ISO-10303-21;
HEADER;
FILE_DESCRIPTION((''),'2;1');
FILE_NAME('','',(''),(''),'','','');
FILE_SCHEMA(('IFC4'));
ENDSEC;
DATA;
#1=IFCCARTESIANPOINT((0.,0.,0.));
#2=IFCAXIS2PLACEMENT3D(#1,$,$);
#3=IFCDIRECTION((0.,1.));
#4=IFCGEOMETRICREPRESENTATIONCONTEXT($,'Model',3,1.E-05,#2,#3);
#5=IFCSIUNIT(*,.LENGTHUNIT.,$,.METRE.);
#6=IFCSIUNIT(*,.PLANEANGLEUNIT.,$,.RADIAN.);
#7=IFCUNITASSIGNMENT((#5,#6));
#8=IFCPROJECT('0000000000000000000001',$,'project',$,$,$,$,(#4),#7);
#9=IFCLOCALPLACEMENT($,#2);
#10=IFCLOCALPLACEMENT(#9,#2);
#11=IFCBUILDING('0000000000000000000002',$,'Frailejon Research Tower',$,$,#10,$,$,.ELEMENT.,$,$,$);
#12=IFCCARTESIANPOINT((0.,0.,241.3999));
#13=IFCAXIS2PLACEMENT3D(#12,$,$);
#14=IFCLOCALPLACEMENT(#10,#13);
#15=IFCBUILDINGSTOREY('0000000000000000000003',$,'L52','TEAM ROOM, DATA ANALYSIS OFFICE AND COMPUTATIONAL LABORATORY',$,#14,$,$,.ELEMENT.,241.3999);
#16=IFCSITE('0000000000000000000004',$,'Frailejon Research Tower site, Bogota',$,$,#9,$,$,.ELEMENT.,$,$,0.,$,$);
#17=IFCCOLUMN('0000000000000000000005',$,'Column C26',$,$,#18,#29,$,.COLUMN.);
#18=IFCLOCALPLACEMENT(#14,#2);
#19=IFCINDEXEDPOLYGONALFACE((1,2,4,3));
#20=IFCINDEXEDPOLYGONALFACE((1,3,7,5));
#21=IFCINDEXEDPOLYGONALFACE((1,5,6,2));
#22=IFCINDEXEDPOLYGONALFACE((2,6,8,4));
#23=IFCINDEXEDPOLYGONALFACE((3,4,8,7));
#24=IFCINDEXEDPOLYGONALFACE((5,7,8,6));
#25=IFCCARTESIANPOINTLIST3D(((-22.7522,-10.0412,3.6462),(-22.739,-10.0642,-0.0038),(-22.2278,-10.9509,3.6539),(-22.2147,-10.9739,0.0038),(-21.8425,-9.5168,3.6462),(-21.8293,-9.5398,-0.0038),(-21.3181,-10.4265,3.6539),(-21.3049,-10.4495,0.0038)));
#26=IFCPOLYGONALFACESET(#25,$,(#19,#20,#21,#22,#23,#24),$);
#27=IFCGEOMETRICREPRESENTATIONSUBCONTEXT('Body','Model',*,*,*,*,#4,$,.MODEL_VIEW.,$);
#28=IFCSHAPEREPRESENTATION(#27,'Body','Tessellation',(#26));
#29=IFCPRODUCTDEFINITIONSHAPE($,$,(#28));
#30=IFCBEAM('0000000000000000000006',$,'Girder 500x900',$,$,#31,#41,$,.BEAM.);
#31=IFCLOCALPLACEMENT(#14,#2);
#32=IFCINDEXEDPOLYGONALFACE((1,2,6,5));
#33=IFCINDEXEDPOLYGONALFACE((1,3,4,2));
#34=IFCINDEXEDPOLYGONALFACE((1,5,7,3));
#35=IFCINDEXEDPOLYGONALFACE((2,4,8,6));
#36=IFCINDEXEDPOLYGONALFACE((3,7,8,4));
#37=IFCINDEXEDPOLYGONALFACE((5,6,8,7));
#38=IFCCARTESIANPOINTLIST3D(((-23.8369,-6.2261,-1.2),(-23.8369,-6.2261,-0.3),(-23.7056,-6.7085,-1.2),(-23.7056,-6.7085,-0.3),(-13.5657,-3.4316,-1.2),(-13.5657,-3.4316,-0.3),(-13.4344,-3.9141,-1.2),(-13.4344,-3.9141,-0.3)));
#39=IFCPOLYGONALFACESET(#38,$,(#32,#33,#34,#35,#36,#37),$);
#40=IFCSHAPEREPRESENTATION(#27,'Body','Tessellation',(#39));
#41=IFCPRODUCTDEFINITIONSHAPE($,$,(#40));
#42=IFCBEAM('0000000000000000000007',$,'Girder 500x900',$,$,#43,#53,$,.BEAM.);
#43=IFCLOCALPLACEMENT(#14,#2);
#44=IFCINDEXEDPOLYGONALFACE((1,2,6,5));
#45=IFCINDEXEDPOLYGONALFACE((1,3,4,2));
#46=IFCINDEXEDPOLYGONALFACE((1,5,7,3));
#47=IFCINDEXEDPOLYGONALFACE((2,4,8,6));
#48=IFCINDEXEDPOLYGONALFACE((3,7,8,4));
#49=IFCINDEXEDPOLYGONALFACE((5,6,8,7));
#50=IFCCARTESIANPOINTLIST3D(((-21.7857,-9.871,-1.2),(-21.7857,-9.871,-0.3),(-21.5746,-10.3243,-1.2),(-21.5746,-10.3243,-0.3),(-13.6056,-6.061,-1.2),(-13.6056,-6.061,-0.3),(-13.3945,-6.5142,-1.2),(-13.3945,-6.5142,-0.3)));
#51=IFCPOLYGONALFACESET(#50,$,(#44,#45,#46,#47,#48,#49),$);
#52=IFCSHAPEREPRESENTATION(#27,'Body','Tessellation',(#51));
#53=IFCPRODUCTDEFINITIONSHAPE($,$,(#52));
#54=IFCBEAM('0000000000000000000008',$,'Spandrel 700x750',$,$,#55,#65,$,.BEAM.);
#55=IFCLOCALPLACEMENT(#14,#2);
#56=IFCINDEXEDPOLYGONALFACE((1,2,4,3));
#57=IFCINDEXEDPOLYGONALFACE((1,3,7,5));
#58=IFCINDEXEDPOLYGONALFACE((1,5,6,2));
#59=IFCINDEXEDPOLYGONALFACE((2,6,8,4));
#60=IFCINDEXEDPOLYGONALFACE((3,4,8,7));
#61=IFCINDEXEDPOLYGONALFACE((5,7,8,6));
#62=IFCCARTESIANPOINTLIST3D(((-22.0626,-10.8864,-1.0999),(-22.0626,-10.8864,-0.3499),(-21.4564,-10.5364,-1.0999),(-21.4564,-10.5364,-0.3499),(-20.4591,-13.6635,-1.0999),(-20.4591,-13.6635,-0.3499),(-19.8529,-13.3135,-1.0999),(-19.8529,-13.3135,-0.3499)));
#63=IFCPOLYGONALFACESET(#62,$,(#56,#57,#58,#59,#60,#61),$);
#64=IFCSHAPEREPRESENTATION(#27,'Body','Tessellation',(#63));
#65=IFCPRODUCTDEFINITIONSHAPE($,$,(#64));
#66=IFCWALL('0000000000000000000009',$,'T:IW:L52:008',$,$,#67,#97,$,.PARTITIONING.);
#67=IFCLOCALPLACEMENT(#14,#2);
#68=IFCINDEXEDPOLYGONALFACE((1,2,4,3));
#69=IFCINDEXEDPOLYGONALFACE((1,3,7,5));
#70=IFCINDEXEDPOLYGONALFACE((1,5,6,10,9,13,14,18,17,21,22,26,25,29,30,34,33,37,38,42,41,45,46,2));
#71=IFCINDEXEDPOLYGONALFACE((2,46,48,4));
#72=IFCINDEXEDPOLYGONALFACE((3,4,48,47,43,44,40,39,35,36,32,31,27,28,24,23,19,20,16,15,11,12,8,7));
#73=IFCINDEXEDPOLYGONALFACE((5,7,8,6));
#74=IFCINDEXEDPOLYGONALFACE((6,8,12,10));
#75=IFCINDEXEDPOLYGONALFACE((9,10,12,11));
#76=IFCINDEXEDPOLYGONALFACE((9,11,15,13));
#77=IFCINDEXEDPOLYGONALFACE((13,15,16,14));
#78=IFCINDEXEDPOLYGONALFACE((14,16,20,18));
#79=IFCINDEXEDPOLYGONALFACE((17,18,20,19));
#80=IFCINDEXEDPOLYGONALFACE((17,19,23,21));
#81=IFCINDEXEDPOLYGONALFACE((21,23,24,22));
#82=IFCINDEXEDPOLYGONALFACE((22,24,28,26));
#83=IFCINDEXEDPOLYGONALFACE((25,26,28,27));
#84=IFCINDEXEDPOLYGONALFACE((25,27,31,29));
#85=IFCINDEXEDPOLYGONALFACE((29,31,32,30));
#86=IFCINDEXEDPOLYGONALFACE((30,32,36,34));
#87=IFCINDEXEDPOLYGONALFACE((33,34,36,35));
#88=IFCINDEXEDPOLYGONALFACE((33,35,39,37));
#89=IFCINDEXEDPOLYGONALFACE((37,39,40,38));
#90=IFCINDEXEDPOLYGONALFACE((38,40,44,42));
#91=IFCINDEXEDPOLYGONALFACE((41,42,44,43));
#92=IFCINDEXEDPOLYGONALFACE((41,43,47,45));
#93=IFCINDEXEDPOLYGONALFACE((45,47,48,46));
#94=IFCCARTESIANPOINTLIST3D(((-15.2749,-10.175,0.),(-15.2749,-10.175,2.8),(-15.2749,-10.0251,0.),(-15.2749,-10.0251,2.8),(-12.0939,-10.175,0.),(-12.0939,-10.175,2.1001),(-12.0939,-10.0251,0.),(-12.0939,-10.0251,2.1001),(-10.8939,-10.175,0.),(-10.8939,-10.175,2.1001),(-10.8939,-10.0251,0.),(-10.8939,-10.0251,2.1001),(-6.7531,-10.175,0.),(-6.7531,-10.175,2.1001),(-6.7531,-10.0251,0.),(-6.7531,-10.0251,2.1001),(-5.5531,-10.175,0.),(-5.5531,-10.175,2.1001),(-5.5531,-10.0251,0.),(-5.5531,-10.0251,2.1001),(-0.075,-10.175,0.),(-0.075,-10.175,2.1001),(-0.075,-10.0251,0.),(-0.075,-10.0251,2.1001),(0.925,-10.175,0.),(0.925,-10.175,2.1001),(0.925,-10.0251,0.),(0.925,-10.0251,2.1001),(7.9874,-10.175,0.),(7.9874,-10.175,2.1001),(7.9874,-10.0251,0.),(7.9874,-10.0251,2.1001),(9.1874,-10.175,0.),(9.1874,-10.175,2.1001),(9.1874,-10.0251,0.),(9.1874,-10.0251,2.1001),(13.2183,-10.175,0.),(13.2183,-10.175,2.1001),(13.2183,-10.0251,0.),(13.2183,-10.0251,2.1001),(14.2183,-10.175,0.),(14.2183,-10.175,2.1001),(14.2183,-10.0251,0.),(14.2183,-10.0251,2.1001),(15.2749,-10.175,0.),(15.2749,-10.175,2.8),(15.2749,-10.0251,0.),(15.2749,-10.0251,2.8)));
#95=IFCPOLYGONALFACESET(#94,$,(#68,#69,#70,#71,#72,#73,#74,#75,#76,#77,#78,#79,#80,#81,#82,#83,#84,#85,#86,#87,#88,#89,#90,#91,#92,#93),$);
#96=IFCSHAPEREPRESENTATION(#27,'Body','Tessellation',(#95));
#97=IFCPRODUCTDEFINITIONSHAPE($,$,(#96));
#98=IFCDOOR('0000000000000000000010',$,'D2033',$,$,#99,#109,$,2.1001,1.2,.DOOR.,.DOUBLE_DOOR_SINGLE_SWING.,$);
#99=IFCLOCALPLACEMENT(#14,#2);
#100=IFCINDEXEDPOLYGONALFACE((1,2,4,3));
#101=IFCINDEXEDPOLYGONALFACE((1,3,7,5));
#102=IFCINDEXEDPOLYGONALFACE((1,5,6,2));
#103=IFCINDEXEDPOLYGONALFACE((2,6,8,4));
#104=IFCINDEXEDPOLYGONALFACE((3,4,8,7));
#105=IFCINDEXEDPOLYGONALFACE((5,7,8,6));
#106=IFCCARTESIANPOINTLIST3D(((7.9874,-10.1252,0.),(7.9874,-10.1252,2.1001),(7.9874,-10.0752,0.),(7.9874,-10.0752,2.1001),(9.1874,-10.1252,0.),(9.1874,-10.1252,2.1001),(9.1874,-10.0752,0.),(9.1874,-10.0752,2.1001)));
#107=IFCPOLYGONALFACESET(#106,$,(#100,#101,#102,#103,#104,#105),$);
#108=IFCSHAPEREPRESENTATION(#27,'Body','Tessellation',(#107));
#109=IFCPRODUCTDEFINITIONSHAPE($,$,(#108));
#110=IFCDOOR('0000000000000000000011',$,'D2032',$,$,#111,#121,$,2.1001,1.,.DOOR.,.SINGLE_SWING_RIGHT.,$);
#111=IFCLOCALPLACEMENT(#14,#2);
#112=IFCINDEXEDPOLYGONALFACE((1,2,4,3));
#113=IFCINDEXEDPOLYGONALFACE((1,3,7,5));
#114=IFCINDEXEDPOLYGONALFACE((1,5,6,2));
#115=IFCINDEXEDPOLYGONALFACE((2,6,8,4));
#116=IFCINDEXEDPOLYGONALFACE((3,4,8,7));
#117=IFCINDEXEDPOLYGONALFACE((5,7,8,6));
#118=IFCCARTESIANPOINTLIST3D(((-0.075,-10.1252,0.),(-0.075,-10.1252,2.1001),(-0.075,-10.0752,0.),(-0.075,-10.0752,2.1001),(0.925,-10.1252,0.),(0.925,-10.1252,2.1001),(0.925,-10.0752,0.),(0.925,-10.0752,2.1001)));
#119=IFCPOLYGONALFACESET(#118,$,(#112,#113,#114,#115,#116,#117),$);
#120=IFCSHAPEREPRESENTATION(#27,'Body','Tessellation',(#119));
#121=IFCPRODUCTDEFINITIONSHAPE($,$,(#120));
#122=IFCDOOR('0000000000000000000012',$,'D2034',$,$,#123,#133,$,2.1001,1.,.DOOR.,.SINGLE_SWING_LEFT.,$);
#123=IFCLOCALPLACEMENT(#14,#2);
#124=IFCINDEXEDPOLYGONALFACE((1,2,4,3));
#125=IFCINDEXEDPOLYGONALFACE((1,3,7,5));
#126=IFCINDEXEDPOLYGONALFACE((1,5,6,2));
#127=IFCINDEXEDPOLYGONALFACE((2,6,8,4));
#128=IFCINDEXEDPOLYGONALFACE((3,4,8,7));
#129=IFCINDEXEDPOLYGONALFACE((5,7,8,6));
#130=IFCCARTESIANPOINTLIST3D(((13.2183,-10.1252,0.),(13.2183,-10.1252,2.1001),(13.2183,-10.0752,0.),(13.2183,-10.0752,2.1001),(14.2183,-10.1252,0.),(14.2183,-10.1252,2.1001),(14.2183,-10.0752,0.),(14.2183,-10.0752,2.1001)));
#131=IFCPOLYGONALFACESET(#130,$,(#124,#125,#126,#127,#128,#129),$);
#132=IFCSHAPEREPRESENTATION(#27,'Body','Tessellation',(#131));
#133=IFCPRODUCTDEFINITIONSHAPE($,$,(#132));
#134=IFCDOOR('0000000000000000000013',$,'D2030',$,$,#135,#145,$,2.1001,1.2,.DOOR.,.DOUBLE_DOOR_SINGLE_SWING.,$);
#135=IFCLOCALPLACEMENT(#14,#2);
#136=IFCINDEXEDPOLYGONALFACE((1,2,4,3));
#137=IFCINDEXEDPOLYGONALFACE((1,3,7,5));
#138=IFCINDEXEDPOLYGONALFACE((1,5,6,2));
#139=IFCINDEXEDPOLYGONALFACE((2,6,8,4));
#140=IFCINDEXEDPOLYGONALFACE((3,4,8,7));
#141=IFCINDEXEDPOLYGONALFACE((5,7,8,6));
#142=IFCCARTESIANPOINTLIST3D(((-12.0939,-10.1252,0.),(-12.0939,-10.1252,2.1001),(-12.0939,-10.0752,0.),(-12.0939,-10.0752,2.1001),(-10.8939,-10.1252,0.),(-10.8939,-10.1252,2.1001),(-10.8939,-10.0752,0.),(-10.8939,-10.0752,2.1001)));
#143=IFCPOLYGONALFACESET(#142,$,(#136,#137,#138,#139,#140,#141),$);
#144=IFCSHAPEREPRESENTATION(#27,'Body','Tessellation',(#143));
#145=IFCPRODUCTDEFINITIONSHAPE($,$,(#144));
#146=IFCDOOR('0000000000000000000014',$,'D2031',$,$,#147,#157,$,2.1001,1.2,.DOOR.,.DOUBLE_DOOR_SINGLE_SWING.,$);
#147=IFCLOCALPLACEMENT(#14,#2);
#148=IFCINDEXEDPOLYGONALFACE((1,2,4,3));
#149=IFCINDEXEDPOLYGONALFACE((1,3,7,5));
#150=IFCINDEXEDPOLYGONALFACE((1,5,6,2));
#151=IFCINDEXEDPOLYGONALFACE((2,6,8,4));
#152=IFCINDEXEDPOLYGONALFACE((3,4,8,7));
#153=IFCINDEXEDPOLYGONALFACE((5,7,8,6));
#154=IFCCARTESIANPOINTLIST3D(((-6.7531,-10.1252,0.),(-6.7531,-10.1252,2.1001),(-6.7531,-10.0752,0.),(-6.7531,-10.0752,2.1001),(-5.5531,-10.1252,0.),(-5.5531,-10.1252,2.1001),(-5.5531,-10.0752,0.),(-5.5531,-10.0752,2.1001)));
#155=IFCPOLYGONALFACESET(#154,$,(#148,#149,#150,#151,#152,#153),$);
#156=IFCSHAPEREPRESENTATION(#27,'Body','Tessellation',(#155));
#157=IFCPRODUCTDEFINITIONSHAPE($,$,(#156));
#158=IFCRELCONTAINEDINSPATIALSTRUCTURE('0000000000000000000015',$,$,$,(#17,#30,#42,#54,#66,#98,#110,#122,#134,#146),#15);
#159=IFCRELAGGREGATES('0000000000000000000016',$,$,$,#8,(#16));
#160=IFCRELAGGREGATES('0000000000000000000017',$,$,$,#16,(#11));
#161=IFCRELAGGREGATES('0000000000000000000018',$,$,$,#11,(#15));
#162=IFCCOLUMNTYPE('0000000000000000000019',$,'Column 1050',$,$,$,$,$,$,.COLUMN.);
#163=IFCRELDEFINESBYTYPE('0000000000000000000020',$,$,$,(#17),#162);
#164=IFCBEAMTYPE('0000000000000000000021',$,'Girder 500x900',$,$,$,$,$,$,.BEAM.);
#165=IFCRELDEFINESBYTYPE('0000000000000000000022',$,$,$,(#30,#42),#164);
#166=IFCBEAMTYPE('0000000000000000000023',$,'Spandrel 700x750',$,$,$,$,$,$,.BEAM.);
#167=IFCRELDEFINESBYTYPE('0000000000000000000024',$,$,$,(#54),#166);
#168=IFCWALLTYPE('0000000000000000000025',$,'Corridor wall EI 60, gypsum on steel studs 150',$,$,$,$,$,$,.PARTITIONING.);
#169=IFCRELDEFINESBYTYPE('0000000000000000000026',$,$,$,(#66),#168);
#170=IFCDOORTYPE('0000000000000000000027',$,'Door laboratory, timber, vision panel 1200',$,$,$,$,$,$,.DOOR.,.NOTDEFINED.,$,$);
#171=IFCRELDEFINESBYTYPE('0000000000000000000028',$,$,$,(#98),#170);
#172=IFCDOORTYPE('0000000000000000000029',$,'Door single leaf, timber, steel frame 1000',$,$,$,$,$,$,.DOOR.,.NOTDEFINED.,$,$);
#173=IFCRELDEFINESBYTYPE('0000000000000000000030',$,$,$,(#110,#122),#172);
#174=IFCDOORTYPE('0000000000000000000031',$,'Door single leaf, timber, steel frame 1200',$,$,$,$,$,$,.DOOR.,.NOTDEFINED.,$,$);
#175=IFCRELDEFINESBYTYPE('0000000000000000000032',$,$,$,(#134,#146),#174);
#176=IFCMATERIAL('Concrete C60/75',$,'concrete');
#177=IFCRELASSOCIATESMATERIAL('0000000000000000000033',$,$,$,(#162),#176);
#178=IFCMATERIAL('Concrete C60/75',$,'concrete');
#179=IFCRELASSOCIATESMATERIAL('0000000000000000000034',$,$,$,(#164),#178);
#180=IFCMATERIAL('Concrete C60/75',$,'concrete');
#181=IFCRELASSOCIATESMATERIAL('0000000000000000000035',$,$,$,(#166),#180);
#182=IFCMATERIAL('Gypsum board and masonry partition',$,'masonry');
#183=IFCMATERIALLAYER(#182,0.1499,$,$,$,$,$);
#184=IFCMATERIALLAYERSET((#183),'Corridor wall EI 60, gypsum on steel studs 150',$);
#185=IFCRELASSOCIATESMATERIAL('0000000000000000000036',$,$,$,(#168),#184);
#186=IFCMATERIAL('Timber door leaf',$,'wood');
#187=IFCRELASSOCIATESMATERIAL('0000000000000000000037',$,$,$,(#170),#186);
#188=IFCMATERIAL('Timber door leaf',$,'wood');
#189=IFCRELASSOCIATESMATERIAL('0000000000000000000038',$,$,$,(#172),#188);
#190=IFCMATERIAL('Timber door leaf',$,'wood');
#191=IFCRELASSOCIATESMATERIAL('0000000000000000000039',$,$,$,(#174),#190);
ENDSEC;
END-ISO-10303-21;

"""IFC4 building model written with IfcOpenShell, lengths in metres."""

from ifc_helpers import new_model, si_unit, direction, frame, frame_2d, origin, origin_2d, place, context, subcontext, project, spatial, rectangle, extrude, material, layer, layer_set, material_profile, profile_set, type_object, element, fill, save


model = new_model("IFC4")

# Units and contexts
model_context = context("Model", 3, precision=1e-05, world=origin(), true_north=direction((0.0, 1.0)))
body_context = subcontext(model_context, "Body", "Model", "MODEL_VIEW")
ifc_project = project(units=[si_unit("LENGTHUNIT", "METRE"), si_unit("PLANEANGLEUNIT", "RADIAN")], contexts=[model_context])

# Site, building, storey
site_placement = place(None, origin())
site = spatial("IfcSite", under=ifc_project, at=site_placement, Name="Frailejon Research Tower site, Bogota", CompositionType="ELEMENT", RefElevation=0.0)
building_placement = place(site_placement, origin())
building = spatial("IfcBuilding", under=site, at=building_placement, Name="Frailejon Research Tower", CompositionType="ELEMENT")
storey_placement = place(building_placement, frame((0.0, 0.0, 241.3999)))
storey = spatial("IfcBuildingStorey", under=building, at=storey_placement, Name="L52", Description="TEAM ROOM, DATA ANALYSIS OFFICE AND COMPUTATIONAL LABORATORY", CompositionType="ELEMENT", Elevation=241.3999)

# Column
ifc_material_1 = material(Name="Concrete C60/75", Category="concrete")
ifc_material_profile_1 = material_profile(ifc_material_1, rectangle(XDim=1.05, YDim=1.05, at=origin_2d()), Name="Column 1050")
ifc_profile_set_1 = profile_set([ifc_material_profile_1], Name="Concrete C60/75")
column_type = type_object("IfcColumnType", Name="Column 1050", PredefinedType="COLUMN", material=ifc_profile_set_1)
column_placement = place(storey_placement, frame((-22.022, -10.2568, 0.0), z_axis=(-0.003612, 0.006287, 0.999974), x_axis=(0.499382, -0.866352, 0.007251)))
element("IfcColumn", 1, at=column_placement, inside=storey, type_object=column_type, Name="Column C26", PredefinedType="COLUMN", context=body_context, shape_type="SweptSolid", body=[
    extrude(rectangle(XDim=1.05, YDim=1.05, at=origin_2d()), origin(), (0.0, 0.0, 1.0), 3.6501),
])

# Beams
ifc_material_2 = material(Name="Concrete C60/75", Category="concrete")
ifc_material_profile_2 = material_profile(ifc_material_2, rectangle(XDim=0.5, YDim=0.8999, at=origin_2d()), Name="Girder 500x900")
ifc_profile_set_2 = profile_set([ifc_material_profile_2], Name="Concrete C60/75")
beam_type_1 = type_object("IfcBeamType", Name="Girder 500x900", PredefinedType="BEAM", material=ifc_profile_set_2)
beam_1_placement = place(storey_placement, frame((-23.7712, -6.4673, -0.75), z_axis=(0.964926, 0.262522, 0.0), x_axis=(-0.262522, 0.964926, 0.0)))
element("IfcBeam", 2, at=beam_1_placement, inside=storey, type_object=beam_type_1, Name="Girder 500x900", PredefinedType="BEAM", context=body_context, shape_type="SweptSolid", body=[
    extrude(rectangle(XDim=0.5, YDim=0.8999, at=origin_2d()), origin(), (0.0, 0.0, 1.0), 10.6445),
])
beam_2_placement = place(storey_placement, frame((-21.6802, -10.0977, -0.75), z_axis=(0.906495, 0.422216, 0.0), x_axis=(-0.422216, 0.906495, 0.0)))
element("IfcBeam", 3, at=beam_2_placement, inside=storey, type_object=beam_type_1, Name="Girder 500x900", PredefinedType="BEAM", context=body_context, shape_type="SweptSolid", body=[
    extrude(rectangle(XDim=0.5, YDim=0.8999, at=origin_2d()), origin(), (0.0, 0.0, 1.0), 9.0239),
])
ifc_material_3 = material(Name="Concrete C60/75", Category="concrete")
ifc_material_profile_3 = material_profile(ifc_material_3, rectangle(XDim=0.7, YDim=0.75, at=origin_2d()), Name="Spandrel 700x750")
ifc_profile_set_3 = profile_set([ifc_material_profile_3], Name="Concrete C60/75")
beam_type_2 = type_object("IfcBeamType", Name="Spandrel 700x750", PredefinedType="BEAM", material=ifc_profile_set_3)
beam_3_placement = place(storey_placement, frame((-21.7595, -10.7114, -0.7249), z_axis=(0.500037, -0.866004, 0.0), x_axis=(0.866004, 0.500037, 0.0)))
element("IfcBeam", 4, at=beam_3_placement, inside=storey, type_object=beam_type_2, Name="Spandrel 700x750", PredefinedType="BEAM", context=body_context, shape_type="SweptSolid", body=[
    extrude(rectangle(XDim=0.7, YDim=0.75, at=origin_2d()), origin(), (0.0, 0.0, 1.0), 3.2068),
])

# Wall, openings, doors
ifc_material_4 = material(Name="Gypsum board and masonry partition", Category="masonry")
ifc_layer_1 = layer(ifc_material_4, 0.1499)
ifc_layer_set_1 = layer_set([ifc_layer_1], Name="Corridor wall EI 60, gypsum on steel studs 150")
wall_type_1 = type_object("IfcWallType", Name="Corridor wall EI 60, gypsum on steel studs 150", PredefinedType="PARTITIONING", material=ifc_layer_set_1)
wall_1_placement = place(storey_placement, frame((-15.2749, -10.1001, 0.0), z_axis=(0.0, 0.0, 1.0), x_axis=(1.0, 0.0, 0.0)))
wall_1 = element("IfcWall", 5, at=wall_1_placement, inside=storey, type_object=wall_type_1, Name="T:IW:L52:008", PredefinedType="PARTITIONING", context=body_context, shape_type="SweptSolid", body=[
    extrude(rectangle(XDim=30.5498, YDim=0.1499, at=frame_2d((15.2749, 0.0))), origin(), (0.0, 0.0, 1.0), 2.8),
])
opening_1_placement = place(wall_1_placement, frame((3.1809, 0.0, 0.0)))
opening_1 = element("IfcOpeningElement", 6, at=opening_1_placement, cuts=wall_1, PredefinedType="OPENING", context=body_context, shape_type="SweptSolid", body=[
    extrude(rectangle(XDim=1.2, YDim=2.1001, at=frame_2d((0.6001, 1.05))), frame((0.0, 0.085, 0.0), z_axis=(0.0, -1.0, 0.0), x_axis=(1.0, 0.0, 0.0)), (0.0, 0.0, 1.0), 0.1699),
])
opening_2_placement = place(wall_1_placement, frame((8.5217, 0.0, 0.0)))
opening_2 = element("IfcOpeningElement", 7, at=opening_2_placement, cuts=wall_1, PredefinedType="OPENING", context=body_context, shape_type="SweptSolid", body=[
    extrude(rectangle(XDim=1.2, YDim=2.1001, at=frame_2d((0.6001, 1.05))), frame((0.0, 0.085, 0.0), z_axis=(0.0, -1.0, 0.0), x_axis=(1.0, 0.0, 0.0)), (0.0, 0.0, 1.0), 0.1699),
])
opening_3_placement = place(wall_1_placement, frame((15.2, 0.0, 0.0)))
opening_3 = element("IfcOpeningElement", 8, at=opening_3_placement, cuts=wall_1, PredefinedType="OPENING", context=body_context, shape_type="SweptSolid", body=[
    extrude(rectangle(XDim=1.0, YDim=2.1001, at=frame_2d((0.5, 1.05))), frame((0.0, 0.085, 0.0), z_axis=(0.0, -1.0, 0.0), x_axis=(1.0, 0.0, 0.0)), (0.0, 0.0, 1.0), 0.1699),
])
opening_4_placement = place(wall_1_placement, frame((23.2622, 0.0, 0.0)))
opening_4 = element("IfcOpeningElement", 9, at=opening_4_placement, cuts=wall_1, PredefinedType="OPENING", context=body_context, shape_type="SweptSolid", body=[
    extrude(rectangle(XDim=1.2, YDim=2.1001, at=frame_2d((0.6001, 1.05))), frame((0.0, 0.085, 0.0), z_axis=(0.0, -1.0, 0.0), x_axis=(1.0, 0.0, 0.0)), (0.0, 0.0, 1.0), 0.1699),
])
opening_5_placement = place(wall_1_placement, frame((28.4932, 0.0, 0.0)))
opening_5 = element("IfcOpeningElement", 10, at=opening_5_placement, cuts=wall_1, PredefinedType="OPENING", context=body_context, shape_type="SweptSolid", body=[
    extrude(rectangle(XDim=1.0, YDim=2.1001, at=frame_2d((0.5, 1.05))), frame((0.0, 0.085, 0.0), z_axis=(0.0, -1.0, 0.0), x_axis=(1.0, 0.0, 0.0)), (0.0, 0.0, 1.0), 0.1699),
])
ifc_material_5 = material(Name="Timber door leaf", Category="wood")
door_type_1 = type_object("IfcDoorType", Name="Door laboratory, timber, vision panel 1200", OperationType="NOTDEFINED", PredefinedType="DOOR", material=ifc_material_5)
door_1_placement = place(opening_4_placement, origin())
door_1 = element("IfcDoor", 11, at=door_1_placement, inside=storey, type_object=door_type_1, Name="D2033", OperationType="DOUBLE_DOOR_SINGLE_SWING", OverallHeight=2.1001, OverallWidth=1.2, PredefinedType="DOOR", context=body_context, shape_type="SweptSolid", body=[
    extrude(rectangle(XDim=1.2, YDim=2.1001, at=frame_2d((0.6001, 1.05))), frame((0.0, 0.0249, 0.0), z_axis=(0.0, -1.0, 0.0), x_axis=(1.0, 0.0, 0.0)), (0.0, 0.0, 1.0), 0.05),
])
fill(opening_4, door_1)
ifc_material_6 = material(Name="Timber door leaf", Category="wood")
door_type_2 = type_object("IfcDoorType", Name="Door single leaf, timber, steel frame 1000", OperationType="NOTDEFINED", PredefinedType="DOOR", material=ifc_material_6)
door_2_placement = place(opening_3_placement, origin())
door_2 = element("IfcDoor", 12, at=door_2_placement, inside=storey, type_object=door_type_2, Name="D2032", OperationType="SINGLE_SWING_RIGHT", OverallHeight=2.1001, OverallWidth=1.0, PredefinedType="DOOR", context=body_context, shape_type="SweptSolid", body=[
    extrude(rectangle(XDim=1.0, YDim=2.1001, at=frame_2d((0.5, 1.05))), frame((0.0, 0.0249, 0.0), z_axis=(0.0, -1.0, 0.0), x_axis=(1.0, 0.0, 0.0)), (0.0, 0.0, 1.0), 0.05),
])
fill(opening_3, door_2)
door_3_placement = place(opening_5_placement, origin())
door_3 = element("IfcDoor", 13, at=door_3_placement, inside=storey, type_object=door_type_2, Name="D2034", OperationType="SINGLE_SWING_LEFT", OverallHeight=2.1001, OverallWidth=1.0, PredefinedType="DOOR", context=body_context, shape_type="SweptSolid", body=[
    extrude(rectangle(XDim=1.0, YDim=2.1001, at=frame_2d((0.5, 1.05))), frame((0.0, 0.0249, 0.0), z_axis=(0.0, -1.0, 0.0), x_axis=(1.0, 0.0, 0.0)), (0.0, 0.0, 1.0), 0.05),
])
fill(opening_5, door_3)
ifc_material_7 = material(Name="Timber door leaf", Category="wood")
door_type_3 = type_object("IfcDoorType", Name="Door single leaf, timber, steel frame 1200", OperationType="NOTDEFINED", PredefinedType="DOOR", material=ifc_material_7)
door_4_placement = place(opening_1_placement, origin())
door_4 = element("IfcDoor", 14, at=door_4_placement, inside=storey, type_object=door_type_3, Name="D2030", OperationType="DOUBLE_DOOR_SINGLE_SWING", OverallHeight=2.1001, OverallWidth=1.2, PredefinedType="DOOR", context=body_context, shape_type="SweptSolid", body=[
    extrude(rectangle(XDim=1.2, YDim=2.1001, at=frame_2d((0.6001, 1.05))), frame((0.0, 0.0249, 0.0), z_axis=(0.0, -1.0, 0.0), x_axis=(1.0, 0.0, 0.0)), (0.0, 0.0, 1.0), 0.05),
])
fill(opening_1, door_4)
door_5_placement = place(opening_2_placement, origin())
door_5 = element("IfcDoor", 15, at=door_5_placement, inside=storey, type_object=door_type_3, Name="D2031", OperationType="DOUBLE_DOOR_SINGLE_SWING", OverallHeight=2.1001, OverallWidth=1.2, PredefinedType="DOOR", context=body_context, shape_type="SweptSolid", body=[
    extrude(rectangle(XDim=1.2, YDim=2.1001, at=frame_2d((0.6001, 1.05))), frame((0.0, 0.0249, 0.0), z_axis=(0.0, -1.0, 0.0), x_axis=(1.0, 0.0, 0.0)), (0.0, 0.0, 1.0), 0.05),
])
fill(opening_2, door_5)

save(model, "model.ifc")
